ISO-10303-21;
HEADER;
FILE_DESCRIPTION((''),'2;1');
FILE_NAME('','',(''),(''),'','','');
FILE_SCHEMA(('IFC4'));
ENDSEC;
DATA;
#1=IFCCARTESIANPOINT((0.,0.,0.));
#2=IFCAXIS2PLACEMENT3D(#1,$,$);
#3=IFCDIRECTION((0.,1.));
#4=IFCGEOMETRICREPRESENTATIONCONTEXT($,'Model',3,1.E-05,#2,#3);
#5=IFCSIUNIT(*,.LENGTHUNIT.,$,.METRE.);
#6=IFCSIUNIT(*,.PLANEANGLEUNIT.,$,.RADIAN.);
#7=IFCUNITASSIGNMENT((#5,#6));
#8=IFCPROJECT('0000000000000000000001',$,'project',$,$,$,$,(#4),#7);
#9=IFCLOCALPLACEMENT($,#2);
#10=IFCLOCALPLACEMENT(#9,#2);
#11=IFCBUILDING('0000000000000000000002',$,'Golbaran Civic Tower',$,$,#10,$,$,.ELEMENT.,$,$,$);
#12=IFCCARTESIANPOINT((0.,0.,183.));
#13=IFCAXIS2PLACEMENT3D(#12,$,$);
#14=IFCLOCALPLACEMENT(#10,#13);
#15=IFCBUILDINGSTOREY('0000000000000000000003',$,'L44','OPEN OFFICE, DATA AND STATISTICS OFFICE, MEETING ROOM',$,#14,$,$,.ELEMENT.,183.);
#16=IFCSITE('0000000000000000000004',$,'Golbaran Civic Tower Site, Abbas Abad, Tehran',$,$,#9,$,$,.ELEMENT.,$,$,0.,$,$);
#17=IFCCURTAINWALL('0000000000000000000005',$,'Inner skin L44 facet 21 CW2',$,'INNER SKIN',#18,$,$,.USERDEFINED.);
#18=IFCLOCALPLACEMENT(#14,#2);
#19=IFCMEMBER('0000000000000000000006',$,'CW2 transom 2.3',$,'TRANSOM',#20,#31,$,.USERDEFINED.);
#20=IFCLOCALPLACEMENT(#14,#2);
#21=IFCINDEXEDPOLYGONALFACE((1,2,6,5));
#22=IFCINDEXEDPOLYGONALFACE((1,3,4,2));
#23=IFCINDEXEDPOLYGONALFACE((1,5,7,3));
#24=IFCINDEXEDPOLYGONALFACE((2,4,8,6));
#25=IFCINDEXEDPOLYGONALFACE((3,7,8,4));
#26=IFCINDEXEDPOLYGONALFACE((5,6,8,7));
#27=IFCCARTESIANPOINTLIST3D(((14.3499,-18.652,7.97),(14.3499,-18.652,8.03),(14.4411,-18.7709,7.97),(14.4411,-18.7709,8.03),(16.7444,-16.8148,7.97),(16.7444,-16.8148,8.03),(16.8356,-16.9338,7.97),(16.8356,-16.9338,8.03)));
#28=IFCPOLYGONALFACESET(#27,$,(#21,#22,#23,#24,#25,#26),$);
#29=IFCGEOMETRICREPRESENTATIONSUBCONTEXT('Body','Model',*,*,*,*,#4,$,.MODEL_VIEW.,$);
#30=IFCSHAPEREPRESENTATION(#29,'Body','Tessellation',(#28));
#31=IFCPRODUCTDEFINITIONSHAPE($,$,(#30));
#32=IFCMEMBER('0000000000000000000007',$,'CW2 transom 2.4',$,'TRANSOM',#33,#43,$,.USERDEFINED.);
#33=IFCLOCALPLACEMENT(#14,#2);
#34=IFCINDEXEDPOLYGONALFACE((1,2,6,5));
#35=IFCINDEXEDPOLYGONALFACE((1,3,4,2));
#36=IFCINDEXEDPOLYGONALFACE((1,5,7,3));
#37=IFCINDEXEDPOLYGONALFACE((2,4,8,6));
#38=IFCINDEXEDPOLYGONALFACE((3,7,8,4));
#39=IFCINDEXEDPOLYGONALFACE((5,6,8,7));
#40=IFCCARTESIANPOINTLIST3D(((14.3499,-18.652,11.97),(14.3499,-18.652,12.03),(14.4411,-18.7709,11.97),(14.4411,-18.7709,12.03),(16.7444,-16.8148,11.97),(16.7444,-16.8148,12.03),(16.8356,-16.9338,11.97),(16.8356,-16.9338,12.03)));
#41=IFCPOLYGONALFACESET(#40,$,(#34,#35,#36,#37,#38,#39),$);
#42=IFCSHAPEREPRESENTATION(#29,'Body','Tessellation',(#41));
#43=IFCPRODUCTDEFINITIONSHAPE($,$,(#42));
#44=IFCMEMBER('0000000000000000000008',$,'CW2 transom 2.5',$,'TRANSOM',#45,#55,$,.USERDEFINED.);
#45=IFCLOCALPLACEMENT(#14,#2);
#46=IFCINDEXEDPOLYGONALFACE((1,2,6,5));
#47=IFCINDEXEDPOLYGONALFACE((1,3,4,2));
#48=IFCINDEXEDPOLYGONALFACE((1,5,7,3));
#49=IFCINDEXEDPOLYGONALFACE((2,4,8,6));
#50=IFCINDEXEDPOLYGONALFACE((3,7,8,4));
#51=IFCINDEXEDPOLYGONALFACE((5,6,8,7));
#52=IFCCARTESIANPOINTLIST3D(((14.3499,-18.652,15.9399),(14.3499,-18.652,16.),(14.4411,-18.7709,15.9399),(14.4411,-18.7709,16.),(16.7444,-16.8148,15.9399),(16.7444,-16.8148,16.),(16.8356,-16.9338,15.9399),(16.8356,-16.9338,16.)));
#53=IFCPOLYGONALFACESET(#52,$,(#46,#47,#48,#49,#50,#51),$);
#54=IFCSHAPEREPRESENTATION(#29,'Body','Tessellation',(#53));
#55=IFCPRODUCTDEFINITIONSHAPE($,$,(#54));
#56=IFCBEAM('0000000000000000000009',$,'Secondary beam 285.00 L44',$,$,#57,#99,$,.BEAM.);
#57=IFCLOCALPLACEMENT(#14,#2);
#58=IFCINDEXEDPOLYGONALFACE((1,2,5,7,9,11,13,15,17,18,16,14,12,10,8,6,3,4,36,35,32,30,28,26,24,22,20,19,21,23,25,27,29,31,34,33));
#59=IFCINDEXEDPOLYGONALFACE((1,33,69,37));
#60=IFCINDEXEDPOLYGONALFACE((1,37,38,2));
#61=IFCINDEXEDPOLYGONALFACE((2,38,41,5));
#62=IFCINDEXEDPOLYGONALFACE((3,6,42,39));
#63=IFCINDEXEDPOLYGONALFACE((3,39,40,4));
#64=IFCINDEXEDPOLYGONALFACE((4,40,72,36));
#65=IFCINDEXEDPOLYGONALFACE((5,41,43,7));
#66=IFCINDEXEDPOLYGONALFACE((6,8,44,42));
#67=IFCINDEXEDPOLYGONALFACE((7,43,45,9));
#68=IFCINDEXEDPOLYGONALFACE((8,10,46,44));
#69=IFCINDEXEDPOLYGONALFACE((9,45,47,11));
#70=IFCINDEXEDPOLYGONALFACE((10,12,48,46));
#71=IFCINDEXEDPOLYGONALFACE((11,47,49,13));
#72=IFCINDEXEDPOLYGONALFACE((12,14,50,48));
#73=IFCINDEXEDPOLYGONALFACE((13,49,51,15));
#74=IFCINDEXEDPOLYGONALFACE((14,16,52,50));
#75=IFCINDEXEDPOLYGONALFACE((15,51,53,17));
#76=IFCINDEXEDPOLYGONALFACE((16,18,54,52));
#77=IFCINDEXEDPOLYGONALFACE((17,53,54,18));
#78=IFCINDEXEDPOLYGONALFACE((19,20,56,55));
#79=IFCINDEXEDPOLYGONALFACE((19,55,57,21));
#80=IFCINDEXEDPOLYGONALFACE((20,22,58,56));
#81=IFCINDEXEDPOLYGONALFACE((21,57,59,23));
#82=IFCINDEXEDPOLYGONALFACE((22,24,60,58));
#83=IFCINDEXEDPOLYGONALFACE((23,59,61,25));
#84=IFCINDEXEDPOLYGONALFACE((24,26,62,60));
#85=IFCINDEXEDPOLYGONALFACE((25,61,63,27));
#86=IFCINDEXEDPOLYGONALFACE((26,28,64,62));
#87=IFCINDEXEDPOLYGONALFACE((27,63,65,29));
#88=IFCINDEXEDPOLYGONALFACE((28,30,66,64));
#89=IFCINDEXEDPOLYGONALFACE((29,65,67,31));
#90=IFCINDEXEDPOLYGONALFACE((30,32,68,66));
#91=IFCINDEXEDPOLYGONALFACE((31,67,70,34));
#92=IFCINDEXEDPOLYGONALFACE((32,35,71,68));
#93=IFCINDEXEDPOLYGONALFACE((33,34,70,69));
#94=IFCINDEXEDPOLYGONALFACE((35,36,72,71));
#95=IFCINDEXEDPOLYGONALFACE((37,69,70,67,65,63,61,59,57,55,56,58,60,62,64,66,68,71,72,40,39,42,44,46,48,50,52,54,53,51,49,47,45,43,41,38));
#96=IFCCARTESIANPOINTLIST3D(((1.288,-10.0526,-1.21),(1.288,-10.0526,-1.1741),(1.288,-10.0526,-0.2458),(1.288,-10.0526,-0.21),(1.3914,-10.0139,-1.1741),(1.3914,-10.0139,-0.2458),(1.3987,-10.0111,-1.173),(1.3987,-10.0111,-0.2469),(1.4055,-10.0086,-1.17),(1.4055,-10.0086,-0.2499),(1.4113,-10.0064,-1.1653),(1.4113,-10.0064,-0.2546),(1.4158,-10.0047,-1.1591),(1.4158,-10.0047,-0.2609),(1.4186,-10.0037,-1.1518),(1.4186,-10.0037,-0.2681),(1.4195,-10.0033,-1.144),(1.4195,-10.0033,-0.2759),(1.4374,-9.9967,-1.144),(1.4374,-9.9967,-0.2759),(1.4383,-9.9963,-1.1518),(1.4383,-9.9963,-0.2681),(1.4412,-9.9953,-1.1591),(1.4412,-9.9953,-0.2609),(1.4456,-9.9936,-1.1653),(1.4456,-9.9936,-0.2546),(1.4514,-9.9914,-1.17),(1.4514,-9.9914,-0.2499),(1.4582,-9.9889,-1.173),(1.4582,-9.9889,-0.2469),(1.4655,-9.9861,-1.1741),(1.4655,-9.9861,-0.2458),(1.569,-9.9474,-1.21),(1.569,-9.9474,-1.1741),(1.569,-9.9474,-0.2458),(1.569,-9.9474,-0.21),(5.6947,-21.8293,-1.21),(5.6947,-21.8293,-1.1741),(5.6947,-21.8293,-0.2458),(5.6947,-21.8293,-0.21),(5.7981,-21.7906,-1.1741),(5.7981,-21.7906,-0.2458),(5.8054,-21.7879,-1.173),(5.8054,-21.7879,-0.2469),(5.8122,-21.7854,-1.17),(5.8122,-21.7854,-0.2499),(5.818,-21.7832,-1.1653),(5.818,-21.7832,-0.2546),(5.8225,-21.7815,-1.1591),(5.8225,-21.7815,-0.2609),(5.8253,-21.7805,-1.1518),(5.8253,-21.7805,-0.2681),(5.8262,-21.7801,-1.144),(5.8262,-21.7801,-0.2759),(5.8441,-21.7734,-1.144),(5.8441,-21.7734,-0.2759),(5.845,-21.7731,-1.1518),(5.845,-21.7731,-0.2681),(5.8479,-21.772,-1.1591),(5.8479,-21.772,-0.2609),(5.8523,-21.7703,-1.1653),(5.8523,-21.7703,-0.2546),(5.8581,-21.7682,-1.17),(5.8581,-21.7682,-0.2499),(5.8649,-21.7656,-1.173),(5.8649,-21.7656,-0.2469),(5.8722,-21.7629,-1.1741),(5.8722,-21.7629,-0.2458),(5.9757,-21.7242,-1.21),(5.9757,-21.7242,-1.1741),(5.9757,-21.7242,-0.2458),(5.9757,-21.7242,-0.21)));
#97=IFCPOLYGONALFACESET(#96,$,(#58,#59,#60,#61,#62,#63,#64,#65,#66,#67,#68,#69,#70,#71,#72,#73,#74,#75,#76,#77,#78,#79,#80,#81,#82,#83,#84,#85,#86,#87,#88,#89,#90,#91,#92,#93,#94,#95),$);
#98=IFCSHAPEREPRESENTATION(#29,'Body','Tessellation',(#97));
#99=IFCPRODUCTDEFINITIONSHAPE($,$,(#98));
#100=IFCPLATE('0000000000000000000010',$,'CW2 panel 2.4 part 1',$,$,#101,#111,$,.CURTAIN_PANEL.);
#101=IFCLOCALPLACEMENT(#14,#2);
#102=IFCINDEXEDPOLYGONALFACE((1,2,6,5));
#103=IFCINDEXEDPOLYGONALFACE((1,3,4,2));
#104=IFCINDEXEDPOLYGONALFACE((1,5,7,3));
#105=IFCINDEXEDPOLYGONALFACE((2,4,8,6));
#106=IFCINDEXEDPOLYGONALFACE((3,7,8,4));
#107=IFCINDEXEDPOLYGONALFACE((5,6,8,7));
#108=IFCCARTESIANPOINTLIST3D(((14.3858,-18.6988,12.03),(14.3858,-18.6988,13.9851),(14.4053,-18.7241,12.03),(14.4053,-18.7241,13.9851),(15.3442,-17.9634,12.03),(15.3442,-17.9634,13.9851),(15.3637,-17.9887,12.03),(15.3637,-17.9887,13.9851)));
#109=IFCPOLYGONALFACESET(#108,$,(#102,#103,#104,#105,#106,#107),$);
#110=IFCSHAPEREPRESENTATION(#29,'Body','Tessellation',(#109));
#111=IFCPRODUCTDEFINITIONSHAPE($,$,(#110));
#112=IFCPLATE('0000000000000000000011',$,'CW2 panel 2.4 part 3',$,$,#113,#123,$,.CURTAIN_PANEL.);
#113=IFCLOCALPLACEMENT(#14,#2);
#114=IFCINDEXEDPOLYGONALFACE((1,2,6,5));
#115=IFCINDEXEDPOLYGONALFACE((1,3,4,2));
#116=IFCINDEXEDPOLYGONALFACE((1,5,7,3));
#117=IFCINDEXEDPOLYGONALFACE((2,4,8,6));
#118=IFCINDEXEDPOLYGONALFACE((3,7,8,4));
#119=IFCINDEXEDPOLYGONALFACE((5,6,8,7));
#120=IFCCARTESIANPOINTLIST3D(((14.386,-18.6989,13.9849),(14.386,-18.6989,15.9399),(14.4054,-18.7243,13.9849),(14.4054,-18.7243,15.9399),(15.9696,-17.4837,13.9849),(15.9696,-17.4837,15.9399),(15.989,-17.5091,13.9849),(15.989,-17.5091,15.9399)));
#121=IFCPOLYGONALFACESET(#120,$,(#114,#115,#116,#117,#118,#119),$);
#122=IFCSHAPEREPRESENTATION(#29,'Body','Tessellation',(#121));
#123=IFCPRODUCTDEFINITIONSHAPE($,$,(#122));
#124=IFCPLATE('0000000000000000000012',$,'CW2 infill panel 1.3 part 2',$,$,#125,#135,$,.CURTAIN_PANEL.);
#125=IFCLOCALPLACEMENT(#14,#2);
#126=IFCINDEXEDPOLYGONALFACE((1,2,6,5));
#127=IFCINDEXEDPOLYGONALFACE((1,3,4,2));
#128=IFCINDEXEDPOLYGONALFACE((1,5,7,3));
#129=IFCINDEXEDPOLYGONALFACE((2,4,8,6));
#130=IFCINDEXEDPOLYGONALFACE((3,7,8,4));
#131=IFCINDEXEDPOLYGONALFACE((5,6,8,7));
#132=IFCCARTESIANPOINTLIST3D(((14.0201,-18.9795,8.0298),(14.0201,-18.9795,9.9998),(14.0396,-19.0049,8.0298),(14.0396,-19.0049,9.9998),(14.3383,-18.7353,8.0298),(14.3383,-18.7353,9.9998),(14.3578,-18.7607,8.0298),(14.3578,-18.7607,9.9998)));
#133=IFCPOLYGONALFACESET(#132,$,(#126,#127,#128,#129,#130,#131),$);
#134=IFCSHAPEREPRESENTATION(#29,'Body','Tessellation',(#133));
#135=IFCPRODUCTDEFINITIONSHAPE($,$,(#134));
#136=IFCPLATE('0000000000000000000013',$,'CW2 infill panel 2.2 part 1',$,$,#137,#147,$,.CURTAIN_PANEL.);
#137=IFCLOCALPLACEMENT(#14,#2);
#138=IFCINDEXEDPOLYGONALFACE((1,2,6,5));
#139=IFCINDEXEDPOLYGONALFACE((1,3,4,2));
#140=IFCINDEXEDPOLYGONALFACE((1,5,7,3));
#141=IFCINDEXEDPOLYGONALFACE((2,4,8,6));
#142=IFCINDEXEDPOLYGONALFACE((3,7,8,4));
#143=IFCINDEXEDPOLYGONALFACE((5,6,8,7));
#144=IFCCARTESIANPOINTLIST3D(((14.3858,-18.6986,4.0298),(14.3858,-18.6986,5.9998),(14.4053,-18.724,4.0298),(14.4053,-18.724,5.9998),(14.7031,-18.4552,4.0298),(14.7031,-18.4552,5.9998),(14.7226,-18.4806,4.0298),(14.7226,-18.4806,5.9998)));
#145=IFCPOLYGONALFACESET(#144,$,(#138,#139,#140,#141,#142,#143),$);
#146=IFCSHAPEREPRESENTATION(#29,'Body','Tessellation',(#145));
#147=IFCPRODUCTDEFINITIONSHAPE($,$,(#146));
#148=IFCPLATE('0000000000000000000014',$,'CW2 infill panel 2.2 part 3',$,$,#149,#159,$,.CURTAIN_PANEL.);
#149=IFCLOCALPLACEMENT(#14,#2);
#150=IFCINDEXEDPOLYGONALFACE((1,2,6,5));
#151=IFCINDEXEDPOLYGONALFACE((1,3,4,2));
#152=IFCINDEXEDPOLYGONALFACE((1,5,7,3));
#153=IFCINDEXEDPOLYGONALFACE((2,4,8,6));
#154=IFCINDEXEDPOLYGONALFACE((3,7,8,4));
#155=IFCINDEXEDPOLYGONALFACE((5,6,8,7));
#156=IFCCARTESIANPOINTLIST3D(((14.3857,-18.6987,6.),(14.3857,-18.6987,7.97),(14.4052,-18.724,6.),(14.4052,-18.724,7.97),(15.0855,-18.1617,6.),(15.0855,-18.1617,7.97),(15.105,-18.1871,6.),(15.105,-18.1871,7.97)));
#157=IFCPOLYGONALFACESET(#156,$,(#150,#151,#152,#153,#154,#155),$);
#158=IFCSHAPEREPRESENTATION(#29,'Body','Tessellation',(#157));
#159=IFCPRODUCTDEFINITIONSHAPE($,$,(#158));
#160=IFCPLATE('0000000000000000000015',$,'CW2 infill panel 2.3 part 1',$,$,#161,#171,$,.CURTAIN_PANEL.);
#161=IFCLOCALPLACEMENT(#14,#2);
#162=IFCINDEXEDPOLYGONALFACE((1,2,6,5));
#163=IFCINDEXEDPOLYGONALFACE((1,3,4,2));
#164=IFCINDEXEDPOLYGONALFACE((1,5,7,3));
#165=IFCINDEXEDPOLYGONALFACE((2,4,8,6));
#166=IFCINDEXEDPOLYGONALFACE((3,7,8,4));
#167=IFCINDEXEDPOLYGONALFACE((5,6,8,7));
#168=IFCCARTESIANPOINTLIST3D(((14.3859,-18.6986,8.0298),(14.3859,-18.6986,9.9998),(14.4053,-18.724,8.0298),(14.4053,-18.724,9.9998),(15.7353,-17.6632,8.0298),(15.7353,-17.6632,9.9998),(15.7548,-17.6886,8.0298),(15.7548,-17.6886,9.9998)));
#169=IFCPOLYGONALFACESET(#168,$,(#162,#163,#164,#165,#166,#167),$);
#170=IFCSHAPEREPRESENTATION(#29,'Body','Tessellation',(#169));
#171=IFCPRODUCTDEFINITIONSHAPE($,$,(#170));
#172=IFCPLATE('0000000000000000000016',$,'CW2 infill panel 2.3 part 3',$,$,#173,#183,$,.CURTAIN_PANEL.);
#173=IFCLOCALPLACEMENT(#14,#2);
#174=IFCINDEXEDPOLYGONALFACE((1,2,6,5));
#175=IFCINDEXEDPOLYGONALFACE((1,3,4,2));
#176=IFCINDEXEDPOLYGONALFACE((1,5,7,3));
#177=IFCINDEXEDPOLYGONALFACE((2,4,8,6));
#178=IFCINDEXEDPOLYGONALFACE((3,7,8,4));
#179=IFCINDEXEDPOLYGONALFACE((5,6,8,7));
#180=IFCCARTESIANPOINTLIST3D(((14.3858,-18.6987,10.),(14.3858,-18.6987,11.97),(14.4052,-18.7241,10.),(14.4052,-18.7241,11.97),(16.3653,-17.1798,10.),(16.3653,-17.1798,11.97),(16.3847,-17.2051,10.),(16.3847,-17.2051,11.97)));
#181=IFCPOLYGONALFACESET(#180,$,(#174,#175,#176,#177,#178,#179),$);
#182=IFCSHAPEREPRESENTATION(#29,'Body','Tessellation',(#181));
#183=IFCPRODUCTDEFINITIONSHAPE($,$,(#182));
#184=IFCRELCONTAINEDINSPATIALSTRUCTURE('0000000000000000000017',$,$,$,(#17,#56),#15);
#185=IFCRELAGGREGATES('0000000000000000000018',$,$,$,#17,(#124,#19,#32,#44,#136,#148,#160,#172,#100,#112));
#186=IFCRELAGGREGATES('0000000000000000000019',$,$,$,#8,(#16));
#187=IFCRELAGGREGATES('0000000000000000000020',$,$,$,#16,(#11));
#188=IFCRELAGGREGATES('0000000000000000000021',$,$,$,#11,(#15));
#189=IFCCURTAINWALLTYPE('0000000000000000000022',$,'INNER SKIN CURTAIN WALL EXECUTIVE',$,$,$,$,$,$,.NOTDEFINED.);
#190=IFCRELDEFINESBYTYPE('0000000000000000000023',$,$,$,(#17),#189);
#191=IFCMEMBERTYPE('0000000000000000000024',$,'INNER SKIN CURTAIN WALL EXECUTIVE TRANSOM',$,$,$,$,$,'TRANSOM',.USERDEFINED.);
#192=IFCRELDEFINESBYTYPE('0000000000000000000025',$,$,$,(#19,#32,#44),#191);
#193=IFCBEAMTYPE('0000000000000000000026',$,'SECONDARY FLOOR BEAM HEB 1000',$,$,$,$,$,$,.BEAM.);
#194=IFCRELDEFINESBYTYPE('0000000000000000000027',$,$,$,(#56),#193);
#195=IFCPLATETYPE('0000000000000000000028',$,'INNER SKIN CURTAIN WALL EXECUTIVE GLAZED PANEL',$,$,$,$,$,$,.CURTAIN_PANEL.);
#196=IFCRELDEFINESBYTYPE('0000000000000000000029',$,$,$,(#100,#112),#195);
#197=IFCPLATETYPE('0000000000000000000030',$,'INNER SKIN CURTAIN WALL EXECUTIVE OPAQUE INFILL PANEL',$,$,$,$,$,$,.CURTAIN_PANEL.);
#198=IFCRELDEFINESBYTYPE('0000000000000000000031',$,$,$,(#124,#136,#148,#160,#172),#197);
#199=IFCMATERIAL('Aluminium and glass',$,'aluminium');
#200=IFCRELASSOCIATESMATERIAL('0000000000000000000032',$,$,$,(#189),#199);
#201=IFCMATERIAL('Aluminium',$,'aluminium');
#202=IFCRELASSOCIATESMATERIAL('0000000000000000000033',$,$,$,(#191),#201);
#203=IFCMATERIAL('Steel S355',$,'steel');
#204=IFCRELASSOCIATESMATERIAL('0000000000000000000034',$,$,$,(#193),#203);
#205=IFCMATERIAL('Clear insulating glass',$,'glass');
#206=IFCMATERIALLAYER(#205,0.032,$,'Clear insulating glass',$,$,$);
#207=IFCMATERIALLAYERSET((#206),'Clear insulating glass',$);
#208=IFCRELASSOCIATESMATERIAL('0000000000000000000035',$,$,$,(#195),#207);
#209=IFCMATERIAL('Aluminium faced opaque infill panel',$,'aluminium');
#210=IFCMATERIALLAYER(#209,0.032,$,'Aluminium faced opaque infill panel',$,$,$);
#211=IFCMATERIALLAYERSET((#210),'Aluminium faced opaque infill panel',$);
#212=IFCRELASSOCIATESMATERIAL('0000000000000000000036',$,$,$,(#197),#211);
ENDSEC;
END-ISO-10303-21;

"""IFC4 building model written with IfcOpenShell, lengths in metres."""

from ifc_helpers import new_model, si_unit, direction, frame, origin, origin_2d, place, context, subcontext, project, spatial, rectangle, i_section, extrude, material, layer, layer_set, material_profile, profile_set, type_object, element, aggregate, save


model = new_model("IFC4")

# Units and contexts
model_context = context("Model", 3, precision=1e-05, world=origin(), true_north=direction((0.0, 1.0)))
body_context = subcontext(model_context, "Body", "Model", "MODEL_VIEW")
ifc_project = project(units=[si_unit("LENGTHUNIT", "METRE"), si_unit("PLANEANGLEUNIT", "RADIAN")], contexts=[model_context])

# Site, building, storey
site_placement = place(None, origin())
site = spatial("IfcSite", under=ifc_project, at=site_placement, Name="Golbaran Civic Tower Site, Abbas Abad, Tehran", CompositionType="ELEMENT", RefElevation=0.0)
building_placement = place(site_placement, origin())
building = spatial("IfcBuilding", under=site, at=building_placement, Name="Golbaran Civic Tower", CompositionType="ELEMENT")
storey_placement = place(building_placement, frame((0.0, 0.0, 183.0)))
storey = spatial("IfcBuildingStorey", under=building, at=storey_placement, Name="L44", Description="OPEN OFFICE, DATA AND STATISTICS OFFICE, MEETING ROOM", CompositionType="ELEMENT", Elevation=183.0)

# Shared definitions
ifc_material_1 = material(Name="Steel S355", Category="steel")

# Curtain wall, members
ifc_material_2 = material(Name="Aluminium and glass", Category="aluminium")
curtain_wall_type = type_object("IfcCurtainWallType", Name="INNER SKIN CURTAIN WALL EXECUTIVE", PredefinedType="NOTDEFINED", material=ifc_material_2)
curtain_wall_placement = place(storey_placement, origin())
curtain_wall = element("IfcCurtainWall", 1, at=curtain_wall_placement, inside=storey, type_object=curtain_wall_type, Name="Inner skin L44 facet 21 CW2", ObjectType="INNER SKIN", PredefinedType="USERDEFINED")
ifc_material_3 = material(Name="Aluminium", Category="aluminium")
ifc_material_profile_1 = material_profile(ifc_material_3, rectangle(XDim=0.1499, YDim=0.0601, at=origin_2d()), Name="INNER SKIN CURTAIN WALL EXECUTIVE TRANSOM")
ifc_profile_set_1 = profile_set([ifc_material_profile_1], Name="Aluminium")
member_type_1 = type_object("IfcMemberType", Name="INNER SKIN CURTAIN WALL EXECUTIVE TRANSOM", ElementType="TRANSOM", PredefinedType="USERDEFINED", material=ifc_profile_set_1)
member_1_placement = place(storey_placement, frame((14.3955, -18.7114, 8.0), z_axis=(0.79339, 0.608713, 0.0), x_axis=(-0.608713, 0.79339, 0.0)))
member_1 = element("IfcMember", 2, at=member_1_placement, type_object=member_type_1, Name="CW2 transom 2.3", ObjectType="TRANSOM", PredefinedType="USERDEFINED", context=body_context, shape_type="SweptSolid", body=[
    extrude(rectangle(XDim=0.1499, YDim=0.0601, at=origin_2d()), origin(), (0.0, 0.0, 1.0), 3.0181),
])
member_2_placement = place(storey_placement, frame((14.3955, -18.7114, 12.0), z_axis=(0.79339, 0.608713, 0.0), x_axis=(-0.608713, 0.79339, 0.0)))
member_2 = element("IfcMember", 3, at=member_2_placement, type_object=member_type_1, Name="CW2 transom 2.4", ObjectType="TRANSOM", PredefinedType="USERDEFINED", context=body_context, shape_type="SweptSolid", body=[
    extrude(rectangle(XDim=0.1499, YDim=0.0601, at=origin_2d()), origin(), (0.0, 0.0, 1.0), 3.0181),
])
member_3_placement = place(storey_placement, frame((14.3955, -18.7114, 15.97), z_axis=(0.79339, 0.608713, 0.0), x_axis=(-0.608713, 0.79339, 0.0)))
member_3 = element("IfcMember", 4, at=member_3_placement, type_object=member_type_1, Name="CW2 transom 2.5", ObjectType="TRANSOM", PredefinedType="USERDEFINED", context=body_context, shape_type="SweptSolid", body=[
    extrude(rectangle(XDim=0.1499, YDim=0.0601, at=origin_2d()), origin(), (0.0, 0.0, 1.0), 3.0181),
])

# Beam
ifc_material_profile_2 = material_profile(ifc_material_1, i_section(OverallWidth=0.3, OverallDepth=1.0, WebThickness=0.019, FlangeThickness=0.0359, FilletRadius=0.03, at=origin_2d()), Name="HEB 1000")
ifc_profile_set_2 = profile_set([ifc_material_profile_2], Name="Steel S355")
beam_type_1 = type_object("IfcBeamType", Name="SECONDARY FLOOR BEAM HEB 1000", PredefinedType="BEAM", material=ifc_profile_set_2)
beam_1_placement = place(storey_placement, frame((1.4285, -10.0, -0.71), z_axis=(0.350455, -0.936579, 0.0), x_axis=(0.936579, 0.350455, 0.0)))
element("IfcBeam", 5, at=beam_1_placement, inside=storey, type_object=beam_type_1, Name="Secondary beam 285.00 L44", PredefinedType="BEAM", context=body_context, shape_type="SweptSolid", body=[
    extrude(i_section(OverallWidth=0.3, OverallDepth=1.0, WebThickness=0.019, FlangeThickness=0.0359, FilletRadius=0.03, at=origin_2d()), origin(), (0.0, 0.0, 1.0), 12.5742),
])

# Plates
ifc_material_4 = material(Name="Clear insulating glass", Category="glass")
ifc_layer_1 = layer(ifc_material_4, 0.032, Name="Clear insulating glass")
ifc_layer_set_1 = layer_set([ifc_layer_1], Name="Clear insulating glass")
plate_type_1 = type_object("IfcPlateType", Name="INNER SKIN CURTAIN WALL EXECUTIVE GLAZED PANEL", PredefinedType="CURTAIN_PANEL", material=ifc_layer_set_1)
plate_1_placement = place(storey_placement, frame((14.8748, -18.3438, 12.03), z_axis=(0.0, 0.0, 1.0), x_axis=(0.793353, 0.608761, 0.0)))
plate_1 = element("IfcPlate", 6, at=plate_1_placement, type_object=plate_type_1, Name="CW2 panel 2.4 part 1", PredefinedType="CURTAIN_PANEL", context=body_context, shape_type="SweptSolid", body=[
    extrude(rectangle(XDim=1.208, YDim=0.032, at=origin_2d()), origin(), (0.0, 0.0, 1.0), 1.9551),
])
plate_2_placement = place(storey_placement, frame((15.1875, -18.104, 13.9849), z_axis=(0.0, 0.0, 1.0), x_axis=(0.793353, 0.608761, 0.0)))
plate_2 = element("IfcPlate", 7, at=plate_2_placement, type_object=plate_type_1, Name="CW2 panel 2.4 part 3", PredefinedType="CURTAIN_PANEL", context=body_context, shape_type="SweptSolid", body=[
    extrude(rectangle(XDim=1.9961, YDim=0.032, at=origin_2d()), origin(), (0.0, 0.0, 1.0), 1.9551),
])
ifc_material_5 = material(Name="Aluminium faced opaque infill panel", Category="aluminium")
ifc_layer_2 = layer(ifc_material_5, 0.032, Name="Aluminium faced opaque infill panel")
ifc_layer_set_2 = layer_set([ifc_layer_2], Name="Aluminium faced opaque infill panel")
plate_type_2 = type_object("IfcPlateType", Name="INNER SKIN CURTAIN WALL EXECUTIVE OPAQUE INFILL PANEL", PredefinedType="CURTAIN_PANEL", material=ifc_layer_set_2)
plate_3_placement = place(storey_placement, frame((14.189, -18.8701, 8.0298), z_axis=(0.0, 0.0, 1.0), x_axis=(0.793353, 0.608761, 0.0)))
plate_3 = element("IfcPlate", 8, at=plate_3_placement, type_object=plate_type_2, Name="CW2 infill panel 1.3 part 2", PredefinedType="CURTAIN_PANEL", context=body_context, shape_type="SweptSolid", body=[
    extrude(rectangle(XDim=0.4011, YDim=0.032, at=origin_2d()), origin(), (0.0, 0.0, 1.0), 1.97),
])
plate_4_placement = place(storey_placement, frame((14.5542, -18.5896, 4.0298), z_axis=(0.0, 0.0, 1.0), x_axis=(0.793353, 0.608761, 0.0)))
plate_4 = element("IfcPlate", 9, at=plate_4_placement, type_object=plate_type_2, Name="CW2 infill panel 2.2 part 1", PredefinedType="CURTAIN_PANEL", context=body_context, shape_type="SweptSolid", body=[
    extrude(rectangle(XDim=0.3999, YDim=0.032, at=origin_2d()), origin(), (0.0, 0.0, 1.0), 1.97),
])
plate_5_placement = place(storey_placement, frame((14.7454, -18.4429, 6.0), z_axis=(0.0, 0.0, 1.0), x_axis=(0.793353, 0.608761, 0.0)))
plate_5 = element("IfcPlate", 10, at=plate_5_placement, type_object=plate_type_2, Name="CW2 infill panel 2.2 part 3", PredefinedType="CURTAIN_PANEL", context=body_context, shape_type="SweptSolid", body=[
    extrude(rectangle(XDim=0.8821, YDim=0.032, at=origin_2d()), origin(), (0.0, 0.0, 1.0), 1.97),
])
plate_6_placement = place(storey_placement, frame((15.0703, -18.1936, 8.0298), z_axis=(0.0, 0.0, 1.0), x_axis=(0.793353, 0.608761, 0.0)))
plate_6 = element("IfcPlate", 11, at=plate_6_placement, type_object=plate_type_2, Name="CW2 infill panel 2.3 part 1", PredefinedType="CURTAIN_PANEL", context=body_context, shape_type="SweptSolid", body=[
    extrude(rectangle(XDim=1.7009, YDim=0.032, at=origin_2d()), origin(), (0.0, 0.0, 1.0), 1.97),
])
plate_7_placement = place(storey_placement, frame((15.3853, -17.9519, 10.0), z_axis=(0.0, 0.0, 1.0), x_axis=(0.793353, 0.608761, 0.0)))
plate_7 = element("IfcPlate", 12, at=plate_7_placement, type_object=plate_type_2, Name="CW2 infill panel 2.3 part 3", PredefinedType="CURTAIN_PANEL", context=body_context, shape_type="SweptSolid", body=[
    extrude(rectangle(XDim=2.4951, YDim=0.032, at=origin_2d()), origin(), (0.0, 0.0, 1.0), 1.97),
])
aggregate(curtain_wall, [plate_3, member_1, member_2, member_3, plate_4, plate_5, plate_6, plate_7, plate_1, plate_2])

save(model, "model.ifc")
